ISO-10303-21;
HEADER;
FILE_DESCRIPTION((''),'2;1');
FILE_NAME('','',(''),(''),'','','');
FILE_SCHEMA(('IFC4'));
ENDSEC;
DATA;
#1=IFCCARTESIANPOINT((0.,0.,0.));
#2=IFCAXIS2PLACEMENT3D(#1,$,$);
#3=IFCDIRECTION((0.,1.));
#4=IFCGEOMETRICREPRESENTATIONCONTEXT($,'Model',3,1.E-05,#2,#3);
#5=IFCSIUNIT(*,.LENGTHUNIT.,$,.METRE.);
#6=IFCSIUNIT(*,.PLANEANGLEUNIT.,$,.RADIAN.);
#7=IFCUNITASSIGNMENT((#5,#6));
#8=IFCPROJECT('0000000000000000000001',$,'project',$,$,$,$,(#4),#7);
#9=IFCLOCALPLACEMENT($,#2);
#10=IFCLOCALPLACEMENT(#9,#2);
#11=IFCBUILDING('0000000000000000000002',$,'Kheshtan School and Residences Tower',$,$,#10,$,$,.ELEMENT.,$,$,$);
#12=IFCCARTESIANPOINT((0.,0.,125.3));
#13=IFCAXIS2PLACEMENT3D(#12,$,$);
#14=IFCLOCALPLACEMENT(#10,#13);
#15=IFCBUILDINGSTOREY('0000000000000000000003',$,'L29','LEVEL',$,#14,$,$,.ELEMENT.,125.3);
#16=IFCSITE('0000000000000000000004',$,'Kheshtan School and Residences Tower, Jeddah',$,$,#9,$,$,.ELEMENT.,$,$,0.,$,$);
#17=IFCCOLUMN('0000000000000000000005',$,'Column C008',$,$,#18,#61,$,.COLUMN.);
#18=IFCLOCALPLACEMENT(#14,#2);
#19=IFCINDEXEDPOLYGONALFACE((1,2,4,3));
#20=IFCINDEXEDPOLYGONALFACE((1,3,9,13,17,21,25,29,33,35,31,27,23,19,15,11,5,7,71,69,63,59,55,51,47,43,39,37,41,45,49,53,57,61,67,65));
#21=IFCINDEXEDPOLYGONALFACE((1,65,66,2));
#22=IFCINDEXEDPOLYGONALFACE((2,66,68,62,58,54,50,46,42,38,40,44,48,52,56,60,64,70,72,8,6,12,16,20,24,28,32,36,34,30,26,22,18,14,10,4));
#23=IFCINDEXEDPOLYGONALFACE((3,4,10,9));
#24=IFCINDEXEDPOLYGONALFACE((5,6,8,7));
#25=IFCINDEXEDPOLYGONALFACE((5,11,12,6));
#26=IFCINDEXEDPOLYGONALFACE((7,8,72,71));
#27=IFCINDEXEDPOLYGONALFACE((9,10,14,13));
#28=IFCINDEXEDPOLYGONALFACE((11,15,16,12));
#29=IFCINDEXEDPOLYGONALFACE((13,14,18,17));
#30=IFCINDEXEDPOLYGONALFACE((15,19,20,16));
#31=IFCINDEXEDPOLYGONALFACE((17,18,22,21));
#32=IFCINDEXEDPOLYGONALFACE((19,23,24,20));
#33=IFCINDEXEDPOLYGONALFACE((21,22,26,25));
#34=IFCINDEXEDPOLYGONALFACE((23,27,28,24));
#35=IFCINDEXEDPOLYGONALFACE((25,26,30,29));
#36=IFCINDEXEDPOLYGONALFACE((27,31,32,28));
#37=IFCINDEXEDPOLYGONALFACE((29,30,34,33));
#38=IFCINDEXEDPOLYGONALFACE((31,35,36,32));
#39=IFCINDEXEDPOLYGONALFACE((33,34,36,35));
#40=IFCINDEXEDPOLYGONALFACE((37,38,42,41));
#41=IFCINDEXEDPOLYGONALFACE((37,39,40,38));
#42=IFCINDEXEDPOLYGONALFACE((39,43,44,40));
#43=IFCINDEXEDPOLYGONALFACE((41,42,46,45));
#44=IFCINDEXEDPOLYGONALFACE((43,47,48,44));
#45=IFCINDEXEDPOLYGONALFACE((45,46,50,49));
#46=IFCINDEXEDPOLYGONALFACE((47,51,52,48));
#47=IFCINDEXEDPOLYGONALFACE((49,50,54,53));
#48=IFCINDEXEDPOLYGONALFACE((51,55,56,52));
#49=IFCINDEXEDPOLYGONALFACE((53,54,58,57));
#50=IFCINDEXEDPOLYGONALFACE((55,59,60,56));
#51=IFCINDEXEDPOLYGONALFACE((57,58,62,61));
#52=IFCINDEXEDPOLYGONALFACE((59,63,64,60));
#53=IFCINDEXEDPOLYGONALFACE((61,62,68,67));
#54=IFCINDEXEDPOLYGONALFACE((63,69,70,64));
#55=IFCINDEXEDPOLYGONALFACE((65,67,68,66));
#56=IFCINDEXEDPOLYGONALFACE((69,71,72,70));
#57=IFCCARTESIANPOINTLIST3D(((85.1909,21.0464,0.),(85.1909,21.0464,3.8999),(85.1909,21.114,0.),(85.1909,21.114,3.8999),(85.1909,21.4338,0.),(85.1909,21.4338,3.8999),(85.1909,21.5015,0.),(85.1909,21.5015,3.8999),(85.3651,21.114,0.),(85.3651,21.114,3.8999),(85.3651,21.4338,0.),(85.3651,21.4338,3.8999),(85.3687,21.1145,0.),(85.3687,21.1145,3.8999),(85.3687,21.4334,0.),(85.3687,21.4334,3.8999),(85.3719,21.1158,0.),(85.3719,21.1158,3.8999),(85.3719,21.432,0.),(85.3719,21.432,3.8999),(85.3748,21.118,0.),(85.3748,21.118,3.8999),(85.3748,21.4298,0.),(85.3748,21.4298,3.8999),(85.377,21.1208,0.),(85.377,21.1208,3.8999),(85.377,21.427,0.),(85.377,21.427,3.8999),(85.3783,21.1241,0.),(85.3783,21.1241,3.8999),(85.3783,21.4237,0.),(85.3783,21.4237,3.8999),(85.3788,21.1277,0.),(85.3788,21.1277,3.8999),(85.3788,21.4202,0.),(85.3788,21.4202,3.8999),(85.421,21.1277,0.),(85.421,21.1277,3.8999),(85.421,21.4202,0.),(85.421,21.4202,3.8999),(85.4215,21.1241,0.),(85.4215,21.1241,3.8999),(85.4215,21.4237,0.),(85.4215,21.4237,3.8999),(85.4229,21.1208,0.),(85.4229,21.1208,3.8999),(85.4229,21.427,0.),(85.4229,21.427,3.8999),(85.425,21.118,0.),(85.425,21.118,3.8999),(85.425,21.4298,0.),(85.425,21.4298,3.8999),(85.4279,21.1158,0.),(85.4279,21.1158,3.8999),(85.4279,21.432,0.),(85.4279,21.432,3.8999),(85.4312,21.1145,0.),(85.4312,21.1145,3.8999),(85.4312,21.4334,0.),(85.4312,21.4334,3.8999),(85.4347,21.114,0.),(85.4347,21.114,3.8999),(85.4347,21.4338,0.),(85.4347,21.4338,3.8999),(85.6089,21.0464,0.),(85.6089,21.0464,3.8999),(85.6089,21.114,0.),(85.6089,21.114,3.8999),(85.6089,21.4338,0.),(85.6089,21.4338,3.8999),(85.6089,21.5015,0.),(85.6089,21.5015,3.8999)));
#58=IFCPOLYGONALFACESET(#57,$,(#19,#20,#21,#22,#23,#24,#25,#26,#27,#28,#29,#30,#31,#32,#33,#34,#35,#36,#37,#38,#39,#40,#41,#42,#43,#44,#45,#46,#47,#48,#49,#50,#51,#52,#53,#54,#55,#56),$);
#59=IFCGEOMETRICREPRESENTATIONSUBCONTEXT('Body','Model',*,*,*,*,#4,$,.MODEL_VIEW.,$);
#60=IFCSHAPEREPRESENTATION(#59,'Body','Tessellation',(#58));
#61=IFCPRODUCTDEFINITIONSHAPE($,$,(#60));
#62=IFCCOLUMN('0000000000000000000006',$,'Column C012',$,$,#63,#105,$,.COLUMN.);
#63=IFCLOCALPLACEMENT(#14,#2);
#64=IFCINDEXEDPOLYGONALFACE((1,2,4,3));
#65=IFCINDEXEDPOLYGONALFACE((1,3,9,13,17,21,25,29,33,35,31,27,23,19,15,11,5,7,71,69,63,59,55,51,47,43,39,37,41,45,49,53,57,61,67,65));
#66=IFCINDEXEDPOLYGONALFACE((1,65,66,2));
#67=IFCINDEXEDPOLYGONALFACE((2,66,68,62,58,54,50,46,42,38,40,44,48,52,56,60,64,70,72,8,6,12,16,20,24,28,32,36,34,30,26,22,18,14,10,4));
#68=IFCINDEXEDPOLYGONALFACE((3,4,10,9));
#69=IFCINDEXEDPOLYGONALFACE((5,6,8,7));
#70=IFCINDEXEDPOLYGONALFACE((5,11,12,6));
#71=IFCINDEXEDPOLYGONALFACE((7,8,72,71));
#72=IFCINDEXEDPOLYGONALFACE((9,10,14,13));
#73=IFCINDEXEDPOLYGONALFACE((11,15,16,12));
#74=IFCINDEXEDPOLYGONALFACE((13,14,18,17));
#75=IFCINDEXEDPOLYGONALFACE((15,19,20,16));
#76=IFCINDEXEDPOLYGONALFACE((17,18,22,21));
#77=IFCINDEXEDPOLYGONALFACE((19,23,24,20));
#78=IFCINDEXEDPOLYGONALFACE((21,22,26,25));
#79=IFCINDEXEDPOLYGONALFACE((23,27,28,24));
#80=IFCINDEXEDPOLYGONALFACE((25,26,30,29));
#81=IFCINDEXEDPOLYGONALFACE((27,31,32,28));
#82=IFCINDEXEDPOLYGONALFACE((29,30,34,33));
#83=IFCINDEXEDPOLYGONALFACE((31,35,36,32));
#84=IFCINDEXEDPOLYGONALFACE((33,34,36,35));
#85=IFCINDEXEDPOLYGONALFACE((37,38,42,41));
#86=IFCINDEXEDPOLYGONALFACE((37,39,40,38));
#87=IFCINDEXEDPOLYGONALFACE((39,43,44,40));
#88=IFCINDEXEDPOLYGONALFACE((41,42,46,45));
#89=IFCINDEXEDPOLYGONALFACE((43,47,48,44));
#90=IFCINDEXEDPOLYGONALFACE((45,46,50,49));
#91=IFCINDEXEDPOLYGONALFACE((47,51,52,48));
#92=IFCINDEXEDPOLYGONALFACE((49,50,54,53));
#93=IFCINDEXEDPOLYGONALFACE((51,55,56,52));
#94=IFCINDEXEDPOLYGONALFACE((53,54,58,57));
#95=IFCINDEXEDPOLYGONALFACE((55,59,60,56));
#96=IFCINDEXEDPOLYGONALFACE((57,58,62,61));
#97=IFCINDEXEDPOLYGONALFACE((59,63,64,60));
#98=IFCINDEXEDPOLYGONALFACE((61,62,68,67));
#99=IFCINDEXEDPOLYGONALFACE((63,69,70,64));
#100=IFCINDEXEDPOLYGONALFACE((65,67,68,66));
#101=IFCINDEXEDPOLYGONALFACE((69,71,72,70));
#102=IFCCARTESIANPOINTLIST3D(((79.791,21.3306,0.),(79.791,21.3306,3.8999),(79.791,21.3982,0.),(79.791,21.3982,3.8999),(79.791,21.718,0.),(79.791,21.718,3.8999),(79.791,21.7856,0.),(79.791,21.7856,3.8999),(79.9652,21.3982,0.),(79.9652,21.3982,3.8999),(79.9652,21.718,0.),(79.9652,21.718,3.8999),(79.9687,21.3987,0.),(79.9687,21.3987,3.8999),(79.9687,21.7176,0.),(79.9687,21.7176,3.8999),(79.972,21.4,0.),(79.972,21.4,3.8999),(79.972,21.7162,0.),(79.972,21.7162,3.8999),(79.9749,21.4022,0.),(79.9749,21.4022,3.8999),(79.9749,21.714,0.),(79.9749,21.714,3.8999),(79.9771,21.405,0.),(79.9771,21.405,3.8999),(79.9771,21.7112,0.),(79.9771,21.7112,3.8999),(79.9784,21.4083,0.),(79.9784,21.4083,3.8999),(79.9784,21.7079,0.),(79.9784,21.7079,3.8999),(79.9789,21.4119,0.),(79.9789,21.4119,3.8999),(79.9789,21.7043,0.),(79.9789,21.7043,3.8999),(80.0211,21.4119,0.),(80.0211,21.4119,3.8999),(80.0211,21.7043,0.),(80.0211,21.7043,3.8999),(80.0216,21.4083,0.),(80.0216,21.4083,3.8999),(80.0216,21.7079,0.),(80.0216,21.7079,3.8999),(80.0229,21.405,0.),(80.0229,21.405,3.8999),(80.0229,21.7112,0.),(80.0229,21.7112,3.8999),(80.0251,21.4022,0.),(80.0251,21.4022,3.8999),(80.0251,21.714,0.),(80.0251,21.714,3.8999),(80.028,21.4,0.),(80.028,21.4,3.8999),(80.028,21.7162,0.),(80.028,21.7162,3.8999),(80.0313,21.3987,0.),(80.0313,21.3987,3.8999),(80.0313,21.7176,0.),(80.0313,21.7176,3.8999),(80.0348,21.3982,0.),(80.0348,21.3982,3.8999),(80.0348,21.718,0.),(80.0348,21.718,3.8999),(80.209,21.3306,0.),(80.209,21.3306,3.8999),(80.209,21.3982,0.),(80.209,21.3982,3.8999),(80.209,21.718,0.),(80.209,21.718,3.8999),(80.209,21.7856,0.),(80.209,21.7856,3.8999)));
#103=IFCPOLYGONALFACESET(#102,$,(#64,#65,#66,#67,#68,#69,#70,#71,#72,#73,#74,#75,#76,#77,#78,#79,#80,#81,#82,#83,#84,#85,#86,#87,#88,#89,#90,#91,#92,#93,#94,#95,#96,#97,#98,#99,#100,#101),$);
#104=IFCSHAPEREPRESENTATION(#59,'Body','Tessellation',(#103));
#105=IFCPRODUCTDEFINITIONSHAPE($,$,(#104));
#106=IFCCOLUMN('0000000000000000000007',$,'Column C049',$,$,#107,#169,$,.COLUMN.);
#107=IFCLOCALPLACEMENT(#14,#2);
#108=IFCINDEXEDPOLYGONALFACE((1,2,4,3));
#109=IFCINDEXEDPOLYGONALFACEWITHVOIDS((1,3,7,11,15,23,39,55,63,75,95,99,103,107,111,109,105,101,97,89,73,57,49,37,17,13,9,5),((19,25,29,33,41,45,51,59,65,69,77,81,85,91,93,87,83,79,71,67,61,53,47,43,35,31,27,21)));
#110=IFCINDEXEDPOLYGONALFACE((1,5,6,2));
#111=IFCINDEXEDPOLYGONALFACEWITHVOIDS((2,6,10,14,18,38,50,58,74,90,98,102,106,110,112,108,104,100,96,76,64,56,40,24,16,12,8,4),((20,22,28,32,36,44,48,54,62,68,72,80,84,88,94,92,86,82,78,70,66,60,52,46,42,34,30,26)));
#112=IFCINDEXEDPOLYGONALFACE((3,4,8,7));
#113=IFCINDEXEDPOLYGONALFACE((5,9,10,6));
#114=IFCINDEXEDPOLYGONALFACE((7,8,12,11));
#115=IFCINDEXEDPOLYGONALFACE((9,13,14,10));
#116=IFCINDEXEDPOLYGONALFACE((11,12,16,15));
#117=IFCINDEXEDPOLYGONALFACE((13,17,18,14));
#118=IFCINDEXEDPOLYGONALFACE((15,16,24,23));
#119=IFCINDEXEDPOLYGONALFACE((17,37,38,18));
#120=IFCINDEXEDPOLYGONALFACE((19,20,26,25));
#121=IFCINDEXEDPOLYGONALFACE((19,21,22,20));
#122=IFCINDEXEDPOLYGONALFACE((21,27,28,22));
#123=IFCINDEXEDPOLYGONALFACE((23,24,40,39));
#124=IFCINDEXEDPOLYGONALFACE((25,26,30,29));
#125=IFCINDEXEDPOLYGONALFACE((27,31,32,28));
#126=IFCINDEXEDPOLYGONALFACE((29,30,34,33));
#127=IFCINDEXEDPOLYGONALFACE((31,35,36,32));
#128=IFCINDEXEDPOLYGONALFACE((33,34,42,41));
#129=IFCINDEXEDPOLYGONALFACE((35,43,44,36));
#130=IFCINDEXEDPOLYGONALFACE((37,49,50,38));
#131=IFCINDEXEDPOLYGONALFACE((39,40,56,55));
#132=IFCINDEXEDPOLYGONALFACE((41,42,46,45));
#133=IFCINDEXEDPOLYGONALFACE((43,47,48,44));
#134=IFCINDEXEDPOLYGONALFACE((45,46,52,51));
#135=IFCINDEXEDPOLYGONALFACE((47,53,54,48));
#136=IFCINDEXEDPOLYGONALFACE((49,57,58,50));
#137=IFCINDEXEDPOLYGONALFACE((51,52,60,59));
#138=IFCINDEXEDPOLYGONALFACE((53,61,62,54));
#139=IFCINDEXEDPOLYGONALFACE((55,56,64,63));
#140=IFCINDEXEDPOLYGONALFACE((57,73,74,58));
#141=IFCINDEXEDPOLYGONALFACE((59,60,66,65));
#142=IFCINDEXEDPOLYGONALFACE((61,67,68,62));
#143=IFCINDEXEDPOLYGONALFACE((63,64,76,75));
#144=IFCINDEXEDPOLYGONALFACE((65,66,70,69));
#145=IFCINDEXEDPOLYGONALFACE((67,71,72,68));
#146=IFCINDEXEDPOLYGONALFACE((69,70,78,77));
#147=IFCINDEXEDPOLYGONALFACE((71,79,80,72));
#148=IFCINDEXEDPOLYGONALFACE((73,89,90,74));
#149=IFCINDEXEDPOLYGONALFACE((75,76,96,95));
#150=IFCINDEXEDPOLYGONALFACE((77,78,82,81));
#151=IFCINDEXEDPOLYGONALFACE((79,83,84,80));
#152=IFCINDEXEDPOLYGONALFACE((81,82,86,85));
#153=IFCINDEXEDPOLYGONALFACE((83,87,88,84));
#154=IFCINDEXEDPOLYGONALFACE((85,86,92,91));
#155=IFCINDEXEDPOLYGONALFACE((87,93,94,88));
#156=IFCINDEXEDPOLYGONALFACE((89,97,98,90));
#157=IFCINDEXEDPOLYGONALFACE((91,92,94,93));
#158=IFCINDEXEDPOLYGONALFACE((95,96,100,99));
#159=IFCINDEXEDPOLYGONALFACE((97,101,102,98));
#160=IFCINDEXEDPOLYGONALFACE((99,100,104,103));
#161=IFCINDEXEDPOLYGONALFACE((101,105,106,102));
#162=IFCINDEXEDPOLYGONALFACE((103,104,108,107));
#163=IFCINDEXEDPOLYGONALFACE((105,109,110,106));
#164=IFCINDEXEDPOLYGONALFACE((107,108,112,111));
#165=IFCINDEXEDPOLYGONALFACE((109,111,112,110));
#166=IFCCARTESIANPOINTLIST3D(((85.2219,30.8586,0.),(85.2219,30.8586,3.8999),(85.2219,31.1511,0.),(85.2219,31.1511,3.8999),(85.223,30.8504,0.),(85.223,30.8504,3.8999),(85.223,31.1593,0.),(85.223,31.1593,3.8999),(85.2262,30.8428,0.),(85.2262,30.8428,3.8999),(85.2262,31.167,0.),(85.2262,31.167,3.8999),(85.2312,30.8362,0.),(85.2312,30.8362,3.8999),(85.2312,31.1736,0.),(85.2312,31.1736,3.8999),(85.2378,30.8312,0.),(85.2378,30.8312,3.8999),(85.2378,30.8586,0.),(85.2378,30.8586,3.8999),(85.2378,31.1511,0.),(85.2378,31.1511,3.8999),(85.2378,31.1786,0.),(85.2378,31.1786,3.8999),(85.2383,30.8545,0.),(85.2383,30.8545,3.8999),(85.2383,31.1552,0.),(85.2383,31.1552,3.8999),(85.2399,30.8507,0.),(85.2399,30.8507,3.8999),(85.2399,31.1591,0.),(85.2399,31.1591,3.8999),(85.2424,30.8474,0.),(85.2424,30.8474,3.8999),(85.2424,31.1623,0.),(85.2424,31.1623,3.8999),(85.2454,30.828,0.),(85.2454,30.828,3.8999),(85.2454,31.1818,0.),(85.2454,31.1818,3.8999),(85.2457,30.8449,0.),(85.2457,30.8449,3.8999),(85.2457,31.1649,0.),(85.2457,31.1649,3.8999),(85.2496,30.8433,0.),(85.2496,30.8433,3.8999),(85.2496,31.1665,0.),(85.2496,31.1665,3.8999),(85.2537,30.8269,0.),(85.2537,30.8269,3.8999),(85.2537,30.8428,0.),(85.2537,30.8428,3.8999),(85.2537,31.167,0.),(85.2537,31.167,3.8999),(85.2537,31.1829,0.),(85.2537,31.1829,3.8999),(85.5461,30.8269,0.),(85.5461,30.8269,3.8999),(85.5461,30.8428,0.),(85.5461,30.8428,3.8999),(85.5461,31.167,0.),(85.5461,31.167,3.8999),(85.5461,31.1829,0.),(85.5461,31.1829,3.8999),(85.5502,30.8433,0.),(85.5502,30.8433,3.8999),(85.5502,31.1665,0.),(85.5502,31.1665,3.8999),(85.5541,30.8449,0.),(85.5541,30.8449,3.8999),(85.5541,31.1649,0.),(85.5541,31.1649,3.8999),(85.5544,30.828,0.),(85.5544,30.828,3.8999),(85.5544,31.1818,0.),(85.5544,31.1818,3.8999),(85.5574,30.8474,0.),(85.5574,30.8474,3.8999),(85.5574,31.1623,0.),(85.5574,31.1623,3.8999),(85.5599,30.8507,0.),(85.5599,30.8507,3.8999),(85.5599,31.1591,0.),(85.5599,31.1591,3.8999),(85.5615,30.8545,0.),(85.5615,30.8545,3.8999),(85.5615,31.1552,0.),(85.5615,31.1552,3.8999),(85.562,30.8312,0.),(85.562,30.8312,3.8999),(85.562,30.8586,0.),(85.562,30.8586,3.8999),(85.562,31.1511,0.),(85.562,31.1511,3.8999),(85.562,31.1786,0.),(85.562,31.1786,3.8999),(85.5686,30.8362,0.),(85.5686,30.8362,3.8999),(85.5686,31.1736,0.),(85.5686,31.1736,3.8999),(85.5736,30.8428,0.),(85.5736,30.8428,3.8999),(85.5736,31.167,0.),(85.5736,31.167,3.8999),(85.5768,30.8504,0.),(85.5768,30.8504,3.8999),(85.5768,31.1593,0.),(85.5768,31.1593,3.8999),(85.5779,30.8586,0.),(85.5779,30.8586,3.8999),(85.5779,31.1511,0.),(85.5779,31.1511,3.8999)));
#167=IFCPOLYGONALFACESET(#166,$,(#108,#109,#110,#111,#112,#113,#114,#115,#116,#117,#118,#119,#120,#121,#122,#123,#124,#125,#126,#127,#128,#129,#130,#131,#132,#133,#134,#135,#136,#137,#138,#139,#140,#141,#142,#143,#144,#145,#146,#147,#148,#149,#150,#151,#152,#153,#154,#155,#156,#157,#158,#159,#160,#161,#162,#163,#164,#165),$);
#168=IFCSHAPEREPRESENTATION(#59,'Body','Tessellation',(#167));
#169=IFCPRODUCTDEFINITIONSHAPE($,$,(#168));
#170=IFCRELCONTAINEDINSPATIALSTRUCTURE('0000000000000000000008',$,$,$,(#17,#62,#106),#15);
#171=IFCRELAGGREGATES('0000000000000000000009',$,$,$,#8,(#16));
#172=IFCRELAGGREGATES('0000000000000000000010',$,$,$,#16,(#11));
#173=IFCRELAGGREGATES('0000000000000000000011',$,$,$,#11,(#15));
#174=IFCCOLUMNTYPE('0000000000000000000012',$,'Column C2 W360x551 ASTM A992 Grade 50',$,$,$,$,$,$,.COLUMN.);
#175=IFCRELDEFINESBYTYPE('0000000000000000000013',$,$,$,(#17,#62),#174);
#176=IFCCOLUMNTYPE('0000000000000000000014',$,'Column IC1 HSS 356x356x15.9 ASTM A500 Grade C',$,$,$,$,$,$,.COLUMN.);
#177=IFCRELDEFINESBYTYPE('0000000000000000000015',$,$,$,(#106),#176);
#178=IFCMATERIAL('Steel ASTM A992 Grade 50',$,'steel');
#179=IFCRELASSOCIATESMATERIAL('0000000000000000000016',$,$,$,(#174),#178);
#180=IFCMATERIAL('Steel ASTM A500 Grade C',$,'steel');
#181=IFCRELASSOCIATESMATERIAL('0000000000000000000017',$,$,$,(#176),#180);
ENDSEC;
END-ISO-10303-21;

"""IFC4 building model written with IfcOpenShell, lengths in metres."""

from ifc_helpers import new_model, si_unit, direction, frame, origin, origin_2d, place, context, subcontext, project, spatial, hollow_rectangle, i_section, extrude, material, material_profile, profile_set, type_object, element, save


model = new_model("IFC4")

# Units and contexts
model_context = context("Model", 3, precision=1e-05, world=origin(), true_north=direction((0.0, 1.0)))
body_context = subcontext(model_context, "Body", "Model", "MODEL_VIEW")
ifc_project = project(units=[si_unit("LENGTHUNIT", "METRE"), si_unit("PLANEANGLEUNIT", "RADIAN")], contexts=[model_context])

# Site, building, storey
site_placement = place(None, origin())
site = spatial("IfcSite", under=ifc_project, at=site_placement, Name="Kheshtan School and Residences Tower, Jeddah", CompositionType="ELEMENT", RefElevation=0.0)
building_placement = place(site_placement, origin())
building = spatial("IfcBuilding", under=site, at=building_placement, Name="Kheshtan School and Residences Tower", CompositionType="ELEMENT")
storey_placement = place(building_placement, frame((0.0, 0.0, 125.3)))
storey = spatial("IfcBuildingStorey", under=building, at=storey_placement, Name="L29", Description="LEVEL", CompositionType="ELEMENT", Elevation=125.3)

# Columns
ifc_material_1 = material(Name="Steel ASTM A992 Grade 50", Category="steel")
ifc_material_profile_1 = material_profile(ifc_material_1, i_section(OverallWidth=0.418, OverallDepth=0.4551, WebThickness=0.0422, FlangeThickness=0.0676, FilletRadius=0.0137, at=origin_2d()), Name="W360x551")
ifc_profile_set_1 = profile_set([ifc_material_profile_1], Name="Steel ASTM A992 Grade 50")
column_type_1 = type_object("IfcColumnType", Name="Column C2 W360x551 ASTM A992 Grade 50", PredefinedType="COLUMN", material=ifc_profile_set_1)
for number, where, z_axis, x_axis, name in (
    (1, (85.3999, 21.2739, 0.0), (0.0, 0.0, 1.0), (1.0, 0.0, 0.0), "Column C008"),
    (2, (80.0, 21.5581, 0.0), (0.0, 0.0, 1.0), (1.0, 0.0, 0.0), "Column C012"),
):
    element("IfcColumn", number, at=place(storey_placement, frame(where, z_axis=z_axis, x_axis=x_axis)), inside=storey, type_object=column_type_1, Name=name, PredefinedType="COLUMN", context=body_context, shape_type="SweptSolid", body=[
        extrude(i_section(OverallWidth=0.418, OverallDepth=0.4551, WebThickness=0.0422, FlangeThickness=0.0676, FilletRadius=0.0137, at=origin_2d()), origin(), (0.0, 0.0, 1.0), 3.8999),
    ])
ifc_material_2 = material(Name="Steel ASTM A500 Grade C", Category="steel")
ifc_material_profile_2 = material_profile(ifc_material_2, hollow_rectangle(XDim=0.356, YDim=0.356, WallThickness=0.0159, InnerFilletRadius=0.0159, OuterFilletRadius=0.0317, at=origin_2d()), Name="HSS 356x356x15.9")
ifc_profile_set_2 = profile_set([ifc_material_profile_2], Name="Steel ASTM A500 Grade C")
column_type_2 = type_object("IfcColumnType", Name="Column IC1 HSS 356x356x15.9 ASTM A500 Grade C", PredefinedType="COLUMN", material=ifc_profile_set_2)
column_placement = place(storey_placement, frame((85.3999, 31.0049, 0.0), z_axis=(0.0, 0.0, 1.0), x_axis=(1.0, 0.0, 0.0)))
element("IfcColumn", 3, at=column_placement, inside=storey, type_object=column_type_2, Name="Column C049", PredefinedType="COLUMN", context=body_context, shape_type="SweptSolid", body=[
    extrude(hollow_rectangle(XDim=0.356, YDim=0.356, WallThickness=0.0159, InnerFilletRadius=0.0159, OuterFilletRadius=0.0317, at=origin_2d()), origin(), (0.0, 0.0, 1.0), 3.8999),
])

save(model, "model.ifc")
